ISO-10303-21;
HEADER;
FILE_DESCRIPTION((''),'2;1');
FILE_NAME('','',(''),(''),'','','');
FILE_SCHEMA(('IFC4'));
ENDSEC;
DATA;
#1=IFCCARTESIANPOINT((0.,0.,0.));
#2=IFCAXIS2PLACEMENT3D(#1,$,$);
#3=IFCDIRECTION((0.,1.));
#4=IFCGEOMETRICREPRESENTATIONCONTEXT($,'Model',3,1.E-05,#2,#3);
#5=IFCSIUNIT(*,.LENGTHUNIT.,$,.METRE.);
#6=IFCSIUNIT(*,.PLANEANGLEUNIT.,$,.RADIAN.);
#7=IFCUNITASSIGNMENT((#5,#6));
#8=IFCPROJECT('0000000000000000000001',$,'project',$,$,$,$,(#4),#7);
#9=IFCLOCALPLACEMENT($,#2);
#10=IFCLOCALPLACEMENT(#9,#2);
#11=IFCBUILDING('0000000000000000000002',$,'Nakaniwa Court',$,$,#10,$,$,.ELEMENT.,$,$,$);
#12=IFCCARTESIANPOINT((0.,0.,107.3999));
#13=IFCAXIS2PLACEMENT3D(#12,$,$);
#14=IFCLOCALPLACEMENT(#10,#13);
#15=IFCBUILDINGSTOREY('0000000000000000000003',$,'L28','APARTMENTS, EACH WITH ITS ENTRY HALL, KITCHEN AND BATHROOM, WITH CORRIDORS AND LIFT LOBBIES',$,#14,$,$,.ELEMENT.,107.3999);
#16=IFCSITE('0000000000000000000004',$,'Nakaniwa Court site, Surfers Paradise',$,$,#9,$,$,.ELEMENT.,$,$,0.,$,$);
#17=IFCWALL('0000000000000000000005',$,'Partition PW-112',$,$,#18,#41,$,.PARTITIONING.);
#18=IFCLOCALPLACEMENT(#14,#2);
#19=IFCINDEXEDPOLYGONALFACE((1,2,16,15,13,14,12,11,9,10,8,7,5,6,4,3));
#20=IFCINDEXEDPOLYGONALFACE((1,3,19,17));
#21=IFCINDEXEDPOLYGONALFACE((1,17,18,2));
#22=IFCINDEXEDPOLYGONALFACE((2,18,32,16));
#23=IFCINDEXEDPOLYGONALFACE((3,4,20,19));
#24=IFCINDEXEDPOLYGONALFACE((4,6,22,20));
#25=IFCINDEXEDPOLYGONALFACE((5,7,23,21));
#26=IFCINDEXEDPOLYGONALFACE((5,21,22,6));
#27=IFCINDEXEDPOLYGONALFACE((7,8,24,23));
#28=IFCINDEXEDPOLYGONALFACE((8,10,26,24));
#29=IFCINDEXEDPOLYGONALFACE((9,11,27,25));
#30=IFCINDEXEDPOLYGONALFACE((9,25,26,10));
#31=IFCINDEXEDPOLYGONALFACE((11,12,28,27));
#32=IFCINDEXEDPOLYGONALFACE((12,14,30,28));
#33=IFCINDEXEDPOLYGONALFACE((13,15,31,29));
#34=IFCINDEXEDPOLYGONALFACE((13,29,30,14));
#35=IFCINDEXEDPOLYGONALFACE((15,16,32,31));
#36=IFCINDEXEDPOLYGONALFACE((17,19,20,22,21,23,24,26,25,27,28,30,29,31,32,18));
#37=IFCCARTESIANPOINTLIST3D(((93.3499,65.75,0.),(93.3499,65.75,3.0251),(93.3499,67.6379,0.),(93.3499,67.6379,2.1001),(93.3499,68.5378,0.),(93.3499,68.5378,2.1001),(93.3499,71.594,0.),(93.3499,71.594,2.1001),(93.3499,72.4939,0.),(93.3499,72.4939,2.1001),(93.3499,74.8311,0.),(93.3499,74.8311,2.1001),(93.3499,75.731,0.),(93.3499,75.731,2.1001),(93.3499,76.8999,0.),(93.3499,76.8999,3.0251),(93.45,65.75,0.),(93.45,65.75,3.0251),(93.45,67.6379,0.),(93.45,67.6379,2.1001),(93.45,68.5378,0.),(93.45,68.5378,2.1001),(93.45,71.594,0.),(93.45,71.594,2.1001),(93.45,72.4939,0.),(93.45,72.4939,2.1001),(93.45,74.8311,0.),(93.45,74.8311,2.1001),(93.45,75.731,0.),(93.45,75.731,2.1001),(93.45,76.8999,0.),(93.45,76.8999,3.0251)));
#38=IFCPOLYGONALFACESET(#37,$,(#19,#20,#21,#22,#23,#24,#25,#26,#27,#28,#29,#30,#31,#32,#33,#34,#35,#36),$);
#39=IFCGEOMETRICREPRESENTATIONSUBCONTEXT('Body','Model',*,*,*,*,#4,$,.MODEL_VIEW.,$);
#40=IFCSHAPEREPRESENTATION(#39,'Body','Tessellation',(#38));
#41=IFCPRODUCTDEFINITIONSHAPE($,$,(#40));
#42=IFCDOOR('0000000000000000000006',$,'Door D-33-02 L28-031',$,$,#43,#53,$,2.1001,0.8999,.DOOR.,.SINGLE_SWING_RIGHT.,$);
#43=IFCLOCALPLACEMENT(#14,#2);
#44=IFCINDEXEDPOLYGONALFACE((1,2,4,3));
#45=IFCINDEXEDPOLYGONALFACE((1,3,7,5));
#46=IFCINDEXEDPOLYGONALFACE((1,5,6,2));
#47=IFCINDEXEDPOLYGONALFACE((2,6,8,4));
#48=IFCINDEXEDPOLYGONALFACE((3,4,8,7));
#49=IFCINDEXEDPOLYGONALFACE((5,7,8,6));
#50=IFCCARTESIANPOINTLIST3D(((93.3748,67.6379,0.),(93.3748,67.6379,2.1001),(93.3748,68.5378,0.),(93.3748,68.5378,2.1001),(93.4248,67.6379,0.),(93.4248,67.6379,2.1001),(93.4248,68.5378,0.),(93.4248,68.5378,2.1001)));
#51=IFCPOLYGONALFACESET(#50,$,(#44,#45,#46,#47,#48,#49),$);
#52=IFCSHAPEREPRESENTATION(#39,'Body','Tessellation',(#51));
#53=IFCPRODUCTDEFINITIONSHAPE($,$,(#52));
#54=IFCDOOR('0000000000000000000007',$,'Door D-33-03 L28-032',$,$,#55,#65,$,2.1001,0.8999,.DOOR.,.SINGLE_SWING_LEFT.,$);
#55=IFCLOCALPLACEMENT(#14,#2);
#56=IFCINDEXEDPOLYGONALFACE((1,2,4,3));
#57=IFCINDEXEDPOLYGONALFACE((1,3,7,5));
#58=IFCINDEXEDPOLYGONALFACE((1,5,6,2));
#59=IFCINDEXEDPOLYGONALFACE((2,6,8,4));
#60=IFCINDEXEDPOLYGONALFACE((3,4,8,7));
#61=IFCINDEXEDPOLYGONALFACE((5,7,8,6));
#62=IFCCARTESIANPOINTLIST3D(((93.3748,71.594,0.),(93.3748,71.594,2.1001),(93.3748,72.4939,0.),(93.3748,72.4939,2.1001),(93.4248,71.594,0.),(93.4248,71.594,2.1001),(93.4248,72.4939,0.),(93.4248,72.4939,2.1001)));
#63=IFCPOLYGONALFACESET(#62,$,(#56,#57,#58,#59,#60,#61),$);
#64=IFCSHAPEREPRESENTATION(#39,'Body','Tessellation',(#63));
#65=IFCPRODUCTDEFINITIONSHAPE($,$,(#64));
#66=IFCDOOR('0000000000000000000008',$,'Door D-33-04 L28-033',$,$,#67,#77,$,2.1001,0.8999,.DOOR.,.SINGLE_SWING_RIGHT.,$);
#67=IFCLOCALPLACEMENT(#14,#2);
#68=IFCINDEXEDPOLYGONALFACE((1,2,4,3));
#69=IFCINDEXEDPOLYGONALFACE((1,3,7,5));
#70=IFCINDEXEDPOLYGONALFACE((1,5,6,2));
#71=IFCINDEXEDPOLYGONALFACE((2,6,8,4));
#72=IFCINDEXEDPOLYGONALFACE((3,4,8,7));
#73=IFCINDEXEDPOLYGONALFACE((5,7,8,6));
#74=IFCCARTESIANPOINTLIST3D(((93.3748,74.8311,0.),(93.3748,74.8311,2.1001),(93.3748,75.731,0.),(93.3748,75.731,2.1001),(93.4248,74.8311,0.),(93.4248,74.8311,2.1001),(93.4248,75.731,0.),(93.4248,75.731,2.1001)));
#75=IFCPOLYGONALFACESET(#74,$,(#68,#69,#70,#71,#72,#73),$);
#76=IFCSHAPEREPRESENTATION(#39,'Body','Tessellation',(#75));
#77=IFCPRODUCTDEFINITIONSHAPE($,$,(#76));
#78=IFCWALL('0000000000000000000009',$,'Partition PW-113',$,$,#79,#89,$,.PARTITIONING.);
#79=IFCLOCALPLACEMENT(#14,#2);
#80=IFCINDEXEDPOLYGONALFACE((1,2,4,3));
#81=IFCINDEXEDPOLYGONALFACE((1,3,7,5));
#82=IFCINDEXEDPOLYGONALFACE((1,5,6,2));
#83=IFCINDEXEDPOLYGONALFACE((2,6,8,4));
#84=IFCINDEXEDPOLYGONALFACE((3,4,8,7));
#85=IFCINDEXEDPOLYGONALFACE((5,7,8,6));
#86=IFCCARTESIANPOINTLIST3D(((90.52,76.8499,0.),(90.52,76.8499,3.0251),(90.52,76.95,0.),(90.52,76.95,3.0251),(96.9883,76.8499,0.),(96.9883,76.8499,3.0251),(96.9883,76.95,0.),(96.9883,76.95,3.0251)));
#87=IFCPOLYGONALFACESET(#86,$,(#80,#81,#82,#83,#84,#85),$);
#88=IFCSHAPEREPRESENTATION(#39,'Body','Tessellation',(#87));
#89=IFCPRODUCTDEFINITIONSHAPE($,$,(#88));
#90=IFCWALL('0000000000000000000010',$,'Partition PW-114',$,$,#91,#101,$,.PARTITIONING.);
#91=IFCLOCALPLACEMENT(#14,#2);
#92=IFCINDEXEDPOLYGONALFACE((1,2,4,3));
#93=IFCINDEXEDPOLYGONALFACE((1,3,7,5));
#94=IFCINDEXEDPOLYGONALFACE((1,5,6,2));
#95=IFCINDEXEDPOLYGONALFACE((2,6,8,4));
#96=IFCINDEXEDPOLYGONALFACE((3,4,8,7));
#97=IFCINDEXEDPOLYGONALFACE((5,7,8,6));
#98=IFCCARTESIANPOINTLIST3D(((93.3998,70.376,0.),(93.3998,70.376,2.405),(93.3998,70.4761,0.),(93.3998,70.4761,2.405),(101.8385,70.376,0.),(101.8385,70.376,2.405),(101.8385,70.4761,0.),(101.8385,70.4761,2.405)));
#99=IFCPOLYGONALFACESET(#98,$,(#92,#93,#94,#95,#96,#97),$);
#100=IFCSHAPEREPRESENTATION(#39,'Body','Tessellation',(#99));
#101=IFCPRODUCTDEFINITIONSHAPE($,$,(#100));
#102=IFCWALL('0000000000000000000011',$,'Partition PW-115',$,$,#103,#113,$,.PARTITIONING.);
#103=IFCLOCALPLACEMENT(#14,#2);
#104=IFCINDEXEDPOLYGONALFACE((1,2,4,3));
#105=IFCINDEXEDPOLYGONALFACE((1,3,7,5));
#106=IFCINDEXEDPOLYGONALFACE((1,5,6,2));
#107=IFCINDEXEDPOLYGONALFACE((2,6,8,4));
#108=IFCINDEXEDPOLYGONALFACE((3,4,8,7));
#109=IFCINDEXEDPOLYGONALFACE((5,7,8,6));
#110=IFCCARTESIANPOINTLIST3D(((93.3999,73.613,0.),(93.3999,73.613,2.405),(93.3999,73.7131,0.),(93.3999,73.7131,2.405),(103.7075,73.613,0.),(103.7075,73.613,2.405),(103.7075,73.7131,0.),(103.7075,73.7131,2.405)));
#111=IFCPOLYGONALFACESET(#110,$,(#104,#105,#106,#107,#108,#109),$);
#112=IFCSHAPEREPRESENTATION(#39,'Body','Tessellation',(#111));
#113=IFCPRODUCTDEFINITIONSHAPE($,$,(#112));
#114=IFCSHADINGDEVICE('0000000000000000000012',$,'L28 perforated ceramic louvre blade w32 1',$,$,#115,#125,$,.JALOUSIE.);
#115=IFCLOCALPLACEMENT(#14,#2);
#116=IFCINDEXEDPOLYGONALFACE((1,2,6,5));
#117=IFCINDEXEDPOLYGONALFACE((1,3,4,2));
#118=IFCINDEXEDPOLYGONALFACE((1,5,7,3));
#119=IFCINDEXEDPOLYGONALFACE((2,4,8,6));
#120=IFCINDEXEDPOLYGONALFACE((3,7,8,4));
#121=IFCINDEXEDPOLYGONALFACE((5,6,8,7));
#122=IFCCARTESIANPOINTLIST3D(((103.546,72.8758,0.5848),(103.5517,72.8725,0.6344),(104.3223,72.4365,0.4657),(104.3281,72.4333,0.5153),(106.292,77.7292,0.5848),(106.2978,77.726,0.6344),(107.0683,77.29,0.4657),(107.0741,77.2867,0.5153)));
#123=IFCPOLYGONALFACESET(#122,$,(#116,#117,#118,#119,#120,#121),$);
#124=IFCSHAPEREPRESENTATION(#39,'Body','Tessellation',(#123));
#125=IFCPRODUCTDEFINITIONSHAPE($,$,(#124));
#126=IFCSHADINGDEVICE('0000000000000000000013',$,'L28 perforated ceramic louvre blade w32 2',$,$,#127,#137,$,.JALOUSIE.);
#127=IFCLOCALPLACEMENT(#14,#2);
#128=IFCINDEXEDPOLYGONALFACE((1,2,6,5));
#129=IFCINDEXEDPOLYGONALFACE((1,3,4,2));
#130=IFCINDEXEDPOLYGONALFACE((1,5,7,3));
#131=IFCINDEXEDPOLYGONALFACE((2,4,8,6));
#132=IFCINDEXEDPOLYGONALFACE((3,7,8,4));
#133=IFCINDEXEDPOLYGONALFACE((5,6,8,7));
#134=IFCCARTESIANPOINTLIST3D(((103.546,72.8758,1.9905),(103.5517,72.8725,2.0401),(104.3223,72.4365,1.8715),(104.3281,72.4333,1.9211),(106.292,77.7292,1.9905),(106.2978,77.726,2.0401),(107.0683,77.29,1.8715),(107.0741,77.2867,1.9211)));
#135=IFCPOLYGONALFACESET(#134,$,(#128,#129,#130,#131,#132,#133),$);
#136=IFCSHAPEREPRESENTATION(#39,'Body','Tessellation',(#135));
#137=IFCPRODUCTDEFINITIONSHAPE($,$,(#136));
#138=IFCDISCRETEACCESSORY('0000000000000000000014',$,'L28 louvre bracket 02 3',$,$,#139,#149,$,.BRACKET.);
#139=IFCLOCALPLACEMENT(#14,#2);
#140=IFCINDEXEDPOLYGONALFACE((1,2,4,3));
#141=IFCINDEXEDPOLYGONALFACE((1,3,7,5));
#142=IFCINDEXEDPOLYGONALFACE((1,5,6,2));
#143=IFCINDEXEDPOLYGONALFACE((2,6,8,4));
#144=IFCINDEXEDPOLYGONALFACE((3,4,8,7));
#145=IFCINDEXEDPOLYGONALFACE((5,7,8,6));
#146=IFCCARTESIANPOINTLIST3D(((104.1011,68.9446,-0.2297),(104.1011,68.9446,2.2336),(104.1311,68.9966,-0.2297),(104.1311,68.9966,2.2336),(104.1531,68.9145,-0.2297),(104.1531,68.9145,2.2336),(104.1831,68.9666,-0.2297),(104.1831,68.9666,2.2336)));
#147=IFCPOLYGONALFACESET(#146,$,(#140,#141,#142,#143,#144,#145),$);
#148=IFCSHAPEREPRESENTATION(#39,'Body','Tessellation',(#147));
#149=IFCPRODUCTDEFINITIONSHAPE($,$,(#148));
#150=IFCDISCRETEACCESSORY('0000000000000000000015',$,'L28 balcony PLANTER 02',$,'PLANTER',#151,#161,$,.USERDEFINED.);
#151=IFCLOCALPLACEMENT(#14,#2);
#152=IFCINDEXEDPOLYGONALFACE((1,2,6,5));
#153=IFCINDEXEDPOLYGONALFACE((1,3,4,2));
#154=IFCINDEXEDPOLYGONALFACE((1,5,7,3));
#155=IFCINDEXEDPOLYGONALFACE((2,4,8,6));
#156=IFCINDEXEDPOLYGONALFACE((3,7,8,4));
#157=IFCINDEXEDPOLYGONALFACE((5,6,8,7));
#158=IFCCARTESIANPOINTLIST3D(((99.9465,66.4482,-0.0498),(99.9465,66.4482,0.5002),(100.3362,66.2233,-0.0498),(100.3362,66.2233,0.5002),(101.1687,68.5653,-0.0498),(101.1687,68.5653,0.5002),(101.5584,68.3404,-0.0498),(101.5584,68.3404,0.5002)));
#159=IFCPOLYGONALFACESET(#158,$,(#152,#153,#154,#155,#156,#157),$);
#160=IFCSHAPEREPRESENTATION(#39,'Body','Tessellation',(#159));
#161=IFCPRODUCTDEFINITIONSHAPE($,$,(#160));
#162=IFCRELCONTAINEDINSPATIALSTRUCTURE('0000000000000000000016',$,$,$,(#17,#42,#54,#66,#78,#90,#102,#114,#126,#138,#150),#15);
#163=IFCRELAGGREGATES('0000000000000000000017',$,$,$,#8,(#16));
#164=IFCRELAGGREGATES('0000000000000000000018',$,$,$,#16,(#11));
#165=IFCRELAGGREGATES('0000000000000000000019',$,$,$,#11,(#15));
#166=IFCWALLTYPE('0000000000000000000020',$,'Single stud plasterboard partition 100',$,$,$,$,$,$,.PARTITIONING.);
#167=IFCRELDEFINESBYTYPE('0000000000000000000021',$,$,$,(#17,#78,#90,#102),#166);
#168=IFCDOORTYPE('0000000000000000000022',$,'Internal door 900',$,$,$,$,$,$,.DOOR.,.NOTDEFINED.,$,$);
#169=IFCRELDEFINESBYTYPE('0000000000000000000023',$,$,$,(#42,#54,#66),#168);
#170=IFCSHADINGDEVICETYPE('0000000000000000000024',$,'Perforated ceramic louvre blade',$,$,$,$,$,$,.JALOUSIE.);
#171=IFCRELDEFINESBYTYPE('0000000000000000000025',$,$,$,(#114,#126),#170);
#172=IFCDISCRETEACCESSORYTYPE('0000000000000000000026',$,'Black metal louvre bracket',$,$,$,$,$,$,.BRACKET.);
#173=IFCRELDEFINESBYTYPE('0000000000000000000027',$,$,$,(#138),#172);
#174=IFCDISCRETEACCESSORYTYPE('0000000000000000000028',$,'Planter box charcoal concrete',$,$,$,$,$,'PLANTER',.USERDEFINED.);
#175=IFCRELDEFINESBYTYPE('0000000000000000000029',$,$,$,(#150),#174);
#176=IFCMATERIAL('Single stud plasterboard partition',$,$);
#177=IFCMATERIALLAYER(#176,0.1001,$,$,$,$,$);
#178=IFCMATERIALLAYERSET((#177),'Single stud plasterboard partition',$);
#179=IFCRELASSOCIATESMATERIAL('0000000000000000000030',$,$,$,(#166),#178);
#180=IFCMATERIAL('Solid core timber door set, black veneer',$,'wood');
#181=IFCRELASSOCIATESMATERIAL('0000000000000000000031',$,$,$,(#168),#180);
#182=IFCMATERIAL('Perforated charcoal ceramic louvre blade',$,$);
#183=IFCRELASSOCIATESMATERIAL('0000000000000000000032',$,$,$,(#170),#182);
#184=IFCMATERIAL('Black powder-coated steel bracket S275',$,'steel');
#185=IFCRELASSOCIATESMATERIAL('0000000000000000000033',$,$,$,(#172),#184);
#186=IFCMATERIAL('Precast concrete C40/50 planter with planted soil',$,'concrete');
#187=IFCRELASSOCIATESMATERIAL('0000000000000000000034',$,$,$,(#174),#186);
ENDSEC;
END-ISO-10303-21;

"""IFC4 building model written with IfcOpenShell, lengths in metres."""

from ifc_helpers import new_model, si_unit, direction, frame, frame_2d, origin, origin_2d, place, context, subcontext, project, spatial, rectangle, extrude, material, layer, layer_set, material_profile, profile_set, type_object, element, fill, save


model = new_model("IFC4")

# Units and contexts
model_context = context("Model", 3, precision=1e-05, world=origin(), true_north=direction((0.0, 1.0)))
body_context = subcontext(model_context, "Body", "Model", "MODEL_VIEW")
ifc_project = project(units=[si_unit("LENGTHUNIT", "METRE"), si_unit("PLANEANGLEUNIT", "RADIAN")], contexts=[model_context])

# Site, building, storey
site_placement = place(None, origin())
site = spatial("IfcSite", under=ifc_project, at=site_placement, Name="Nakaniwa Court site, Surfers Paradise", CompositionType="ELEMENT", RefElevation=0.0)
building_placement = place(site_placement, origin())
building = spatial("IfcBuilding", under=site, at=building_placement, Name="Nakaniwa Court", CompositionType="ELEMENT")
storey_placement = place(building_placement, frame((0.0, 0.0, 107.3999)))
storey = spatial("IfcBuildingStorey", under=building, at=storey_placement, Name="L28", Description="APARTMENTS, EACH WITH ITS ENTRY HALL, KITCHEN AND BATHROOM, WITH CORRIDORS AND LIFT LOBBIES", CompositionType="ELEMENT", Elevation=107.3999)

# Shared definitions
ifc_material_1 = material(Name="Solid core timber door set, black veneer", Category="wood")

# Shared definitions
ifc_material_2 = material(Name="Single stud plasterboard partition")
ifc_layer_1 = layer(ifc_material_2, 0.1001)
ifc_layer_set_1 = layer_set([ifc_layer_1], Name="Single stud plasterboard partition")
wall_type_1 = type_object("IfcWallType", Name="Single stud plasterboard partition 100", PredefinedType="PARTITIONING", material=ifc_layer_set_1)

# Wall, openings, doors
wall_1_placement = place(storey_placement, frame((93.3999, 76.8999, 0.0), z_axis=(0.0, 0.0, 1.0), x_axis=(0.0, -1.0, 0.0)))
wall_1 = element("IfcWall", 1, at=wall_1_placement, inside=storey, type_object=wall_type_1, Name="Partition PW-112", PredefinedType="PARTITIONING", context=body_context, shape_type="SweptSolid", body=[
    extrude(rectangle(XDim=11.1499, YDim=0.1001, at=frame_2d((5.575, 0.0))), origin(), (0.0, 0.0, 1.0), 3.0251),
])
opening_1_placement = place(wall_1_placement, frame((8.3621, 0.0, 0.0)))
opening_1 = element("IfcOpeningElement", 2, at=opening_1_placement, cuts=wall_1, PredefinedType="OPENING", context=body_context, shape_type="SweptSolid", body=[
    extrude(rectangle(XDim=0.8999, YDim=2.1001, at=frame_2d((0.45, 1.05))), frame((0.0, 0.0601, 0.0), z_axis=(0.0, -1.0, 0.0), x_axis=(1.0, 0.0, 0.0)), (0.0, 0.0, 1.0), 0.1201),
])
opening_2_placement = place(wall_1_placement, frame((4.406, 0.0, 0.0)))
opening_2 = element("IfcOpeningElement", 3, at=opening_2_placement, cuts=wall_1, PredefinedType="OPENING", context=body_context, shape_type="SweptSolid", body=[
    extrude(rectangle(XDim=0.8999, YDim=2.1001, at=frame_2d((0.45, 1.05))), frame((0.0, 0.0601, 0.0), z_axis=(0.0, -1.0, 0.0), x_axis=(1.0, 0.0, 0.0)), (0.0, 0.0, 1.0), 0.1201),
])
opening_3_placement = place(wall_1_placement, frame((1.1689, 0.0, 0.0)))
opening_3 = element("IfcOpeningElement", 4, at=opening_3_placement, cuts=wall_1, PredefinedType="OPENING", context=body_context, shape_type="SweptSolid", body=[
    extrude(rectangle(XDim=0.8999, YDim=2.1001, at=frame_2d((0.45, 1.05))), frame((0.0, 0.0601, 0.0), z_axis=(0.0, -1.0, 0.0), x_axis=(1.0, 0.0, 0.0)), (0.0, 0.0, 1.0), 0.1201),
])
door_type_1 = type_object("IfcDoorType", Name="Internal door 900", OperationType="NOTDEFINED", PredefinedType="DOOR", material=ifc_material_1)
door_1_placement = place(opening_1_placement, origin())
door_1 = element("IfcDoor", 5, at=door_1_placement, inside=storey, type_object=door_type_1, Name="Door D-33-02 L28-031", OperationType="SINGLE_SWING_RIGHT", OverallHeight=2.1001, OverallWidth=0.8999, PredefinedType="DOOR", context=body_context, shape_type="SweptSolid", body=[
    extrude(rectangle(XDim=0.8999, YDim=2.1001, at=frame_2d((0.45, 1.05))), frame((0.0, 0.0249, 0.0), z_axis=(0.0, -1.0, 0.0), x_axis=(1.0, 0.0, 0.0)), (0.0, 0.0, 1.0), 0.05),
])
fill(opening_1, door_1)
door_2_placement = place(opening_2_placement, origin())
door_2 = element("IfcDoor", 6, at=door_2_placement, inside=storey, type_object=door_type_1, Name="Door D-33-03 L28-032", OperationType="SINGLE_SWING_LEFT", OverallHeight=2.1001, OverallWidth=0.8999, PredefinedType="DOOR", context=body_context, shape_type="SweptSolid", body=[
    extrude(rectangle(XDim=0.8999, YDim=2.1001, at=frame_2d((0.45, 1.05))), frame((0.0, 0.0249, 0.0), z_axis=(0.0, -1.0, 0.0), x_axis=(1.0, 0.0, 0.0)), (0.0, 0.0, 1.0), 0.05),
])
fill(opening_2, door_2)
door_3_placement = place(opening_3_placement, origin())
door_3 = element("IfcDoor", 7, at=door_3_placement, inside=storey, type_object=door_type_1, Name="Door D-33-04 L28-033", OperationType="SINGLE_SWING_RIGHT", OverallHeight=2.1001, OverallWidth=0.8999, PredefinedType="DOOR", context=body_context, shape_type="SweptSolid", body=[
    extrude(rectangle(XDim=0.8999, YDim=2.1001, at=frame_2d((0.45, 1.05))), frame((0.0, 0.0249, 0.0), z_axis=(0.0, -1.0, 0.0), x_axis=(1.0, 0.0, 0.0)), (0.0, 0.0, 1.0), 0.05),
])
fill(opening_3, door_3)

# Walls
wall_2_placement = place(storey_placement, frame((90.52, 76.8999, 0.0), z_axis=(0.0, 0.0, 1.0), x_axis=(1.0, 0.0, 0.0)))
element("IfcWall", 8, at=wall_2_placement, inside=storey, type_object=wall_type_1, Name="Partition PW-113", PredefinedType="PARTITIONING", context=body_context, shape_type="SweptSolid", body=[
    extrude(rectangle(XDim=6.4683, YDim=0.1001, at=frame_2d((3.2341, 0.0))), origin(), (0.0, 0.0, 1.0), 3.0251),
])
wall_3_placement = place(storey_placement, frame((93.3999, 70.426, 0.0), z_axis=(0.0, 0.0, 1.0), x_axis=(1.0, 0.0, 0.0)))
element("IfcWall", 9, at=wall_3_placement, inside=storey, type_object=wall_type_1, Name="Partition PW-114", PredefinedType="PARTITIONING", context=body_context, shape_type="SweptSolid", body=[
    extrude(rectangle(XDim=8.4387, YDim=0.1001, at=frame_2d((4.2192, 0.0))), origin(), (0.0, 0.0, 1.0), 2.405),
])
wall_4_placement = place(storey_placement, frame((93.3999, 73.6631, 0.0), z_axis=(0.0, 0.0, 1.0), x_axis=(1.0, 0.0, 0.0)))
element("IfcWall", 10, at=wall_4_placement, inside=storey, type_object=wall_type_1, Name="Partition PW-115", PredefinedType="PARTITIONING", context=body_context, shape_type="SweptSolid", body=[
    extrude(rectangle(XDim=10.3076, YDim=0.1001, at=frame_2d((5.1538, 0.0))), origin(), (0.0, 0.0, 1.0), 2.405),
])

# Shading devices
ifc_material_3 = material(Name="Perforated charcoal ceramic louvre blade")
ifc_material_profile_1 = material_profile(ifc_material_3, rectangle(XDim=0.8999, YDim=0.05, at=origin_2d()), Name="Perforated ceramic louvre blade")
ifc_profile_set_1 = profile_set([ifc_material_profile_1], Name="Perforated charcoal ceramic louvre blade")
shading_device_type = type_object("IfcShadingDeviceType", Name="Perforated ceramic louvre blade", PredefinedType="JALOUSIE", material=ifc_profile_set_1)
for number, where, z_axis, x_axis, name in (
    (11, (103.937, 72.6545, 0.55), (0.492438, 0.870347, 0.0), (-0.862702, 0.488112, 0.132256), "L28 perforated ceramic louvre blade w32 1"),
    (12, (103.937, 72.6545, 1.9558), (0.492438, 0.870347, 0.0), (-0.862702, 0.488112, 0.132256), "L28 perforated ceramic louvre blade w32 2"),
):
    element("IfcShadingDevice", number, at=place(storey_placement, frame(where, z_axis=z_axis, x_axis=x_axis)), inside=storey, type_object=shading_device_type, Name=name, PredefinedType="JALOUSIE", context=body_context, shape_type="SweptSolid", body=[
        extrude(rectangle(XDim=0.8999, YDim=0.05, at=origin_2d()), origin(), (0.0, 0.0, 1.0), 5.5764),
    ])

# Discrete accessories
ifc_material_4 = material(Name="Black powder-coated steel bracket S275", Category="steel")
discrete_accessory_type_1 = type_object("IfcDiscreteAccessoryType", Name="Black metal louvre bracket", PredefinedType="BRACKET", material=ifc_material_4)
discrete_accessory_1_placement = place(storey_placement, frame((104.1421, 68.9556, -0.2297), z_axis=(0.0, 0.0, 1.0), x_axis=(0.499974, 0.86604, 0.0)))
element("IfcDiscreteAccessory", 13, at=discrete_accessory_1_placement, inside=storey, type_object=discrete_accessory_type_1, Name="L28 louvre bracket 02 3", PredefinedType="BRACKET", context=body_context, shape_type="SweptSolid", body=[
    extrude(rectangle(XDim=0.0601, YDim=0.0601, at=origin_2d()), origin(), (0.0, 0.0, 1.0), 2.4634),
])
ifc_material_5 = material(Name="Precast concrete C40/50 planter with planted soil", Category="concrete")
discrete_accessory_type_2 = type_object("IfcDiscreteAccessoryType", Name="Planter box charcoal concrete", ElementType="PLANTER", PredefinedType="USERDEFINED", material=ifc_material_5)
discrete_accessory_2_placement = place(storey_placement, frame((100.7524, 67.3943, -0.0498), z_axis=(0.0, 0.0, 1.0), x_axis=(0.499974, 0.86604, 0.0)))
element("IfcDiscreteAccessory", 14, at=discrete_accessory_2_placement, inside=storey, type_object=discrete_accessory_type_2, Name="L28 balcony PLANTER 02", ObjectType="PLANTER", PredefinedType="USERDEFINED", context=body_context, shape_type="SweptSolid", body=[
    extrude(rectangle(XDim=2.4446, YDim=0.45, at=origin_2d()), origin(), (0.0, 0.0, 1.0), 0.55),
])

save(model, "model.ifc")
